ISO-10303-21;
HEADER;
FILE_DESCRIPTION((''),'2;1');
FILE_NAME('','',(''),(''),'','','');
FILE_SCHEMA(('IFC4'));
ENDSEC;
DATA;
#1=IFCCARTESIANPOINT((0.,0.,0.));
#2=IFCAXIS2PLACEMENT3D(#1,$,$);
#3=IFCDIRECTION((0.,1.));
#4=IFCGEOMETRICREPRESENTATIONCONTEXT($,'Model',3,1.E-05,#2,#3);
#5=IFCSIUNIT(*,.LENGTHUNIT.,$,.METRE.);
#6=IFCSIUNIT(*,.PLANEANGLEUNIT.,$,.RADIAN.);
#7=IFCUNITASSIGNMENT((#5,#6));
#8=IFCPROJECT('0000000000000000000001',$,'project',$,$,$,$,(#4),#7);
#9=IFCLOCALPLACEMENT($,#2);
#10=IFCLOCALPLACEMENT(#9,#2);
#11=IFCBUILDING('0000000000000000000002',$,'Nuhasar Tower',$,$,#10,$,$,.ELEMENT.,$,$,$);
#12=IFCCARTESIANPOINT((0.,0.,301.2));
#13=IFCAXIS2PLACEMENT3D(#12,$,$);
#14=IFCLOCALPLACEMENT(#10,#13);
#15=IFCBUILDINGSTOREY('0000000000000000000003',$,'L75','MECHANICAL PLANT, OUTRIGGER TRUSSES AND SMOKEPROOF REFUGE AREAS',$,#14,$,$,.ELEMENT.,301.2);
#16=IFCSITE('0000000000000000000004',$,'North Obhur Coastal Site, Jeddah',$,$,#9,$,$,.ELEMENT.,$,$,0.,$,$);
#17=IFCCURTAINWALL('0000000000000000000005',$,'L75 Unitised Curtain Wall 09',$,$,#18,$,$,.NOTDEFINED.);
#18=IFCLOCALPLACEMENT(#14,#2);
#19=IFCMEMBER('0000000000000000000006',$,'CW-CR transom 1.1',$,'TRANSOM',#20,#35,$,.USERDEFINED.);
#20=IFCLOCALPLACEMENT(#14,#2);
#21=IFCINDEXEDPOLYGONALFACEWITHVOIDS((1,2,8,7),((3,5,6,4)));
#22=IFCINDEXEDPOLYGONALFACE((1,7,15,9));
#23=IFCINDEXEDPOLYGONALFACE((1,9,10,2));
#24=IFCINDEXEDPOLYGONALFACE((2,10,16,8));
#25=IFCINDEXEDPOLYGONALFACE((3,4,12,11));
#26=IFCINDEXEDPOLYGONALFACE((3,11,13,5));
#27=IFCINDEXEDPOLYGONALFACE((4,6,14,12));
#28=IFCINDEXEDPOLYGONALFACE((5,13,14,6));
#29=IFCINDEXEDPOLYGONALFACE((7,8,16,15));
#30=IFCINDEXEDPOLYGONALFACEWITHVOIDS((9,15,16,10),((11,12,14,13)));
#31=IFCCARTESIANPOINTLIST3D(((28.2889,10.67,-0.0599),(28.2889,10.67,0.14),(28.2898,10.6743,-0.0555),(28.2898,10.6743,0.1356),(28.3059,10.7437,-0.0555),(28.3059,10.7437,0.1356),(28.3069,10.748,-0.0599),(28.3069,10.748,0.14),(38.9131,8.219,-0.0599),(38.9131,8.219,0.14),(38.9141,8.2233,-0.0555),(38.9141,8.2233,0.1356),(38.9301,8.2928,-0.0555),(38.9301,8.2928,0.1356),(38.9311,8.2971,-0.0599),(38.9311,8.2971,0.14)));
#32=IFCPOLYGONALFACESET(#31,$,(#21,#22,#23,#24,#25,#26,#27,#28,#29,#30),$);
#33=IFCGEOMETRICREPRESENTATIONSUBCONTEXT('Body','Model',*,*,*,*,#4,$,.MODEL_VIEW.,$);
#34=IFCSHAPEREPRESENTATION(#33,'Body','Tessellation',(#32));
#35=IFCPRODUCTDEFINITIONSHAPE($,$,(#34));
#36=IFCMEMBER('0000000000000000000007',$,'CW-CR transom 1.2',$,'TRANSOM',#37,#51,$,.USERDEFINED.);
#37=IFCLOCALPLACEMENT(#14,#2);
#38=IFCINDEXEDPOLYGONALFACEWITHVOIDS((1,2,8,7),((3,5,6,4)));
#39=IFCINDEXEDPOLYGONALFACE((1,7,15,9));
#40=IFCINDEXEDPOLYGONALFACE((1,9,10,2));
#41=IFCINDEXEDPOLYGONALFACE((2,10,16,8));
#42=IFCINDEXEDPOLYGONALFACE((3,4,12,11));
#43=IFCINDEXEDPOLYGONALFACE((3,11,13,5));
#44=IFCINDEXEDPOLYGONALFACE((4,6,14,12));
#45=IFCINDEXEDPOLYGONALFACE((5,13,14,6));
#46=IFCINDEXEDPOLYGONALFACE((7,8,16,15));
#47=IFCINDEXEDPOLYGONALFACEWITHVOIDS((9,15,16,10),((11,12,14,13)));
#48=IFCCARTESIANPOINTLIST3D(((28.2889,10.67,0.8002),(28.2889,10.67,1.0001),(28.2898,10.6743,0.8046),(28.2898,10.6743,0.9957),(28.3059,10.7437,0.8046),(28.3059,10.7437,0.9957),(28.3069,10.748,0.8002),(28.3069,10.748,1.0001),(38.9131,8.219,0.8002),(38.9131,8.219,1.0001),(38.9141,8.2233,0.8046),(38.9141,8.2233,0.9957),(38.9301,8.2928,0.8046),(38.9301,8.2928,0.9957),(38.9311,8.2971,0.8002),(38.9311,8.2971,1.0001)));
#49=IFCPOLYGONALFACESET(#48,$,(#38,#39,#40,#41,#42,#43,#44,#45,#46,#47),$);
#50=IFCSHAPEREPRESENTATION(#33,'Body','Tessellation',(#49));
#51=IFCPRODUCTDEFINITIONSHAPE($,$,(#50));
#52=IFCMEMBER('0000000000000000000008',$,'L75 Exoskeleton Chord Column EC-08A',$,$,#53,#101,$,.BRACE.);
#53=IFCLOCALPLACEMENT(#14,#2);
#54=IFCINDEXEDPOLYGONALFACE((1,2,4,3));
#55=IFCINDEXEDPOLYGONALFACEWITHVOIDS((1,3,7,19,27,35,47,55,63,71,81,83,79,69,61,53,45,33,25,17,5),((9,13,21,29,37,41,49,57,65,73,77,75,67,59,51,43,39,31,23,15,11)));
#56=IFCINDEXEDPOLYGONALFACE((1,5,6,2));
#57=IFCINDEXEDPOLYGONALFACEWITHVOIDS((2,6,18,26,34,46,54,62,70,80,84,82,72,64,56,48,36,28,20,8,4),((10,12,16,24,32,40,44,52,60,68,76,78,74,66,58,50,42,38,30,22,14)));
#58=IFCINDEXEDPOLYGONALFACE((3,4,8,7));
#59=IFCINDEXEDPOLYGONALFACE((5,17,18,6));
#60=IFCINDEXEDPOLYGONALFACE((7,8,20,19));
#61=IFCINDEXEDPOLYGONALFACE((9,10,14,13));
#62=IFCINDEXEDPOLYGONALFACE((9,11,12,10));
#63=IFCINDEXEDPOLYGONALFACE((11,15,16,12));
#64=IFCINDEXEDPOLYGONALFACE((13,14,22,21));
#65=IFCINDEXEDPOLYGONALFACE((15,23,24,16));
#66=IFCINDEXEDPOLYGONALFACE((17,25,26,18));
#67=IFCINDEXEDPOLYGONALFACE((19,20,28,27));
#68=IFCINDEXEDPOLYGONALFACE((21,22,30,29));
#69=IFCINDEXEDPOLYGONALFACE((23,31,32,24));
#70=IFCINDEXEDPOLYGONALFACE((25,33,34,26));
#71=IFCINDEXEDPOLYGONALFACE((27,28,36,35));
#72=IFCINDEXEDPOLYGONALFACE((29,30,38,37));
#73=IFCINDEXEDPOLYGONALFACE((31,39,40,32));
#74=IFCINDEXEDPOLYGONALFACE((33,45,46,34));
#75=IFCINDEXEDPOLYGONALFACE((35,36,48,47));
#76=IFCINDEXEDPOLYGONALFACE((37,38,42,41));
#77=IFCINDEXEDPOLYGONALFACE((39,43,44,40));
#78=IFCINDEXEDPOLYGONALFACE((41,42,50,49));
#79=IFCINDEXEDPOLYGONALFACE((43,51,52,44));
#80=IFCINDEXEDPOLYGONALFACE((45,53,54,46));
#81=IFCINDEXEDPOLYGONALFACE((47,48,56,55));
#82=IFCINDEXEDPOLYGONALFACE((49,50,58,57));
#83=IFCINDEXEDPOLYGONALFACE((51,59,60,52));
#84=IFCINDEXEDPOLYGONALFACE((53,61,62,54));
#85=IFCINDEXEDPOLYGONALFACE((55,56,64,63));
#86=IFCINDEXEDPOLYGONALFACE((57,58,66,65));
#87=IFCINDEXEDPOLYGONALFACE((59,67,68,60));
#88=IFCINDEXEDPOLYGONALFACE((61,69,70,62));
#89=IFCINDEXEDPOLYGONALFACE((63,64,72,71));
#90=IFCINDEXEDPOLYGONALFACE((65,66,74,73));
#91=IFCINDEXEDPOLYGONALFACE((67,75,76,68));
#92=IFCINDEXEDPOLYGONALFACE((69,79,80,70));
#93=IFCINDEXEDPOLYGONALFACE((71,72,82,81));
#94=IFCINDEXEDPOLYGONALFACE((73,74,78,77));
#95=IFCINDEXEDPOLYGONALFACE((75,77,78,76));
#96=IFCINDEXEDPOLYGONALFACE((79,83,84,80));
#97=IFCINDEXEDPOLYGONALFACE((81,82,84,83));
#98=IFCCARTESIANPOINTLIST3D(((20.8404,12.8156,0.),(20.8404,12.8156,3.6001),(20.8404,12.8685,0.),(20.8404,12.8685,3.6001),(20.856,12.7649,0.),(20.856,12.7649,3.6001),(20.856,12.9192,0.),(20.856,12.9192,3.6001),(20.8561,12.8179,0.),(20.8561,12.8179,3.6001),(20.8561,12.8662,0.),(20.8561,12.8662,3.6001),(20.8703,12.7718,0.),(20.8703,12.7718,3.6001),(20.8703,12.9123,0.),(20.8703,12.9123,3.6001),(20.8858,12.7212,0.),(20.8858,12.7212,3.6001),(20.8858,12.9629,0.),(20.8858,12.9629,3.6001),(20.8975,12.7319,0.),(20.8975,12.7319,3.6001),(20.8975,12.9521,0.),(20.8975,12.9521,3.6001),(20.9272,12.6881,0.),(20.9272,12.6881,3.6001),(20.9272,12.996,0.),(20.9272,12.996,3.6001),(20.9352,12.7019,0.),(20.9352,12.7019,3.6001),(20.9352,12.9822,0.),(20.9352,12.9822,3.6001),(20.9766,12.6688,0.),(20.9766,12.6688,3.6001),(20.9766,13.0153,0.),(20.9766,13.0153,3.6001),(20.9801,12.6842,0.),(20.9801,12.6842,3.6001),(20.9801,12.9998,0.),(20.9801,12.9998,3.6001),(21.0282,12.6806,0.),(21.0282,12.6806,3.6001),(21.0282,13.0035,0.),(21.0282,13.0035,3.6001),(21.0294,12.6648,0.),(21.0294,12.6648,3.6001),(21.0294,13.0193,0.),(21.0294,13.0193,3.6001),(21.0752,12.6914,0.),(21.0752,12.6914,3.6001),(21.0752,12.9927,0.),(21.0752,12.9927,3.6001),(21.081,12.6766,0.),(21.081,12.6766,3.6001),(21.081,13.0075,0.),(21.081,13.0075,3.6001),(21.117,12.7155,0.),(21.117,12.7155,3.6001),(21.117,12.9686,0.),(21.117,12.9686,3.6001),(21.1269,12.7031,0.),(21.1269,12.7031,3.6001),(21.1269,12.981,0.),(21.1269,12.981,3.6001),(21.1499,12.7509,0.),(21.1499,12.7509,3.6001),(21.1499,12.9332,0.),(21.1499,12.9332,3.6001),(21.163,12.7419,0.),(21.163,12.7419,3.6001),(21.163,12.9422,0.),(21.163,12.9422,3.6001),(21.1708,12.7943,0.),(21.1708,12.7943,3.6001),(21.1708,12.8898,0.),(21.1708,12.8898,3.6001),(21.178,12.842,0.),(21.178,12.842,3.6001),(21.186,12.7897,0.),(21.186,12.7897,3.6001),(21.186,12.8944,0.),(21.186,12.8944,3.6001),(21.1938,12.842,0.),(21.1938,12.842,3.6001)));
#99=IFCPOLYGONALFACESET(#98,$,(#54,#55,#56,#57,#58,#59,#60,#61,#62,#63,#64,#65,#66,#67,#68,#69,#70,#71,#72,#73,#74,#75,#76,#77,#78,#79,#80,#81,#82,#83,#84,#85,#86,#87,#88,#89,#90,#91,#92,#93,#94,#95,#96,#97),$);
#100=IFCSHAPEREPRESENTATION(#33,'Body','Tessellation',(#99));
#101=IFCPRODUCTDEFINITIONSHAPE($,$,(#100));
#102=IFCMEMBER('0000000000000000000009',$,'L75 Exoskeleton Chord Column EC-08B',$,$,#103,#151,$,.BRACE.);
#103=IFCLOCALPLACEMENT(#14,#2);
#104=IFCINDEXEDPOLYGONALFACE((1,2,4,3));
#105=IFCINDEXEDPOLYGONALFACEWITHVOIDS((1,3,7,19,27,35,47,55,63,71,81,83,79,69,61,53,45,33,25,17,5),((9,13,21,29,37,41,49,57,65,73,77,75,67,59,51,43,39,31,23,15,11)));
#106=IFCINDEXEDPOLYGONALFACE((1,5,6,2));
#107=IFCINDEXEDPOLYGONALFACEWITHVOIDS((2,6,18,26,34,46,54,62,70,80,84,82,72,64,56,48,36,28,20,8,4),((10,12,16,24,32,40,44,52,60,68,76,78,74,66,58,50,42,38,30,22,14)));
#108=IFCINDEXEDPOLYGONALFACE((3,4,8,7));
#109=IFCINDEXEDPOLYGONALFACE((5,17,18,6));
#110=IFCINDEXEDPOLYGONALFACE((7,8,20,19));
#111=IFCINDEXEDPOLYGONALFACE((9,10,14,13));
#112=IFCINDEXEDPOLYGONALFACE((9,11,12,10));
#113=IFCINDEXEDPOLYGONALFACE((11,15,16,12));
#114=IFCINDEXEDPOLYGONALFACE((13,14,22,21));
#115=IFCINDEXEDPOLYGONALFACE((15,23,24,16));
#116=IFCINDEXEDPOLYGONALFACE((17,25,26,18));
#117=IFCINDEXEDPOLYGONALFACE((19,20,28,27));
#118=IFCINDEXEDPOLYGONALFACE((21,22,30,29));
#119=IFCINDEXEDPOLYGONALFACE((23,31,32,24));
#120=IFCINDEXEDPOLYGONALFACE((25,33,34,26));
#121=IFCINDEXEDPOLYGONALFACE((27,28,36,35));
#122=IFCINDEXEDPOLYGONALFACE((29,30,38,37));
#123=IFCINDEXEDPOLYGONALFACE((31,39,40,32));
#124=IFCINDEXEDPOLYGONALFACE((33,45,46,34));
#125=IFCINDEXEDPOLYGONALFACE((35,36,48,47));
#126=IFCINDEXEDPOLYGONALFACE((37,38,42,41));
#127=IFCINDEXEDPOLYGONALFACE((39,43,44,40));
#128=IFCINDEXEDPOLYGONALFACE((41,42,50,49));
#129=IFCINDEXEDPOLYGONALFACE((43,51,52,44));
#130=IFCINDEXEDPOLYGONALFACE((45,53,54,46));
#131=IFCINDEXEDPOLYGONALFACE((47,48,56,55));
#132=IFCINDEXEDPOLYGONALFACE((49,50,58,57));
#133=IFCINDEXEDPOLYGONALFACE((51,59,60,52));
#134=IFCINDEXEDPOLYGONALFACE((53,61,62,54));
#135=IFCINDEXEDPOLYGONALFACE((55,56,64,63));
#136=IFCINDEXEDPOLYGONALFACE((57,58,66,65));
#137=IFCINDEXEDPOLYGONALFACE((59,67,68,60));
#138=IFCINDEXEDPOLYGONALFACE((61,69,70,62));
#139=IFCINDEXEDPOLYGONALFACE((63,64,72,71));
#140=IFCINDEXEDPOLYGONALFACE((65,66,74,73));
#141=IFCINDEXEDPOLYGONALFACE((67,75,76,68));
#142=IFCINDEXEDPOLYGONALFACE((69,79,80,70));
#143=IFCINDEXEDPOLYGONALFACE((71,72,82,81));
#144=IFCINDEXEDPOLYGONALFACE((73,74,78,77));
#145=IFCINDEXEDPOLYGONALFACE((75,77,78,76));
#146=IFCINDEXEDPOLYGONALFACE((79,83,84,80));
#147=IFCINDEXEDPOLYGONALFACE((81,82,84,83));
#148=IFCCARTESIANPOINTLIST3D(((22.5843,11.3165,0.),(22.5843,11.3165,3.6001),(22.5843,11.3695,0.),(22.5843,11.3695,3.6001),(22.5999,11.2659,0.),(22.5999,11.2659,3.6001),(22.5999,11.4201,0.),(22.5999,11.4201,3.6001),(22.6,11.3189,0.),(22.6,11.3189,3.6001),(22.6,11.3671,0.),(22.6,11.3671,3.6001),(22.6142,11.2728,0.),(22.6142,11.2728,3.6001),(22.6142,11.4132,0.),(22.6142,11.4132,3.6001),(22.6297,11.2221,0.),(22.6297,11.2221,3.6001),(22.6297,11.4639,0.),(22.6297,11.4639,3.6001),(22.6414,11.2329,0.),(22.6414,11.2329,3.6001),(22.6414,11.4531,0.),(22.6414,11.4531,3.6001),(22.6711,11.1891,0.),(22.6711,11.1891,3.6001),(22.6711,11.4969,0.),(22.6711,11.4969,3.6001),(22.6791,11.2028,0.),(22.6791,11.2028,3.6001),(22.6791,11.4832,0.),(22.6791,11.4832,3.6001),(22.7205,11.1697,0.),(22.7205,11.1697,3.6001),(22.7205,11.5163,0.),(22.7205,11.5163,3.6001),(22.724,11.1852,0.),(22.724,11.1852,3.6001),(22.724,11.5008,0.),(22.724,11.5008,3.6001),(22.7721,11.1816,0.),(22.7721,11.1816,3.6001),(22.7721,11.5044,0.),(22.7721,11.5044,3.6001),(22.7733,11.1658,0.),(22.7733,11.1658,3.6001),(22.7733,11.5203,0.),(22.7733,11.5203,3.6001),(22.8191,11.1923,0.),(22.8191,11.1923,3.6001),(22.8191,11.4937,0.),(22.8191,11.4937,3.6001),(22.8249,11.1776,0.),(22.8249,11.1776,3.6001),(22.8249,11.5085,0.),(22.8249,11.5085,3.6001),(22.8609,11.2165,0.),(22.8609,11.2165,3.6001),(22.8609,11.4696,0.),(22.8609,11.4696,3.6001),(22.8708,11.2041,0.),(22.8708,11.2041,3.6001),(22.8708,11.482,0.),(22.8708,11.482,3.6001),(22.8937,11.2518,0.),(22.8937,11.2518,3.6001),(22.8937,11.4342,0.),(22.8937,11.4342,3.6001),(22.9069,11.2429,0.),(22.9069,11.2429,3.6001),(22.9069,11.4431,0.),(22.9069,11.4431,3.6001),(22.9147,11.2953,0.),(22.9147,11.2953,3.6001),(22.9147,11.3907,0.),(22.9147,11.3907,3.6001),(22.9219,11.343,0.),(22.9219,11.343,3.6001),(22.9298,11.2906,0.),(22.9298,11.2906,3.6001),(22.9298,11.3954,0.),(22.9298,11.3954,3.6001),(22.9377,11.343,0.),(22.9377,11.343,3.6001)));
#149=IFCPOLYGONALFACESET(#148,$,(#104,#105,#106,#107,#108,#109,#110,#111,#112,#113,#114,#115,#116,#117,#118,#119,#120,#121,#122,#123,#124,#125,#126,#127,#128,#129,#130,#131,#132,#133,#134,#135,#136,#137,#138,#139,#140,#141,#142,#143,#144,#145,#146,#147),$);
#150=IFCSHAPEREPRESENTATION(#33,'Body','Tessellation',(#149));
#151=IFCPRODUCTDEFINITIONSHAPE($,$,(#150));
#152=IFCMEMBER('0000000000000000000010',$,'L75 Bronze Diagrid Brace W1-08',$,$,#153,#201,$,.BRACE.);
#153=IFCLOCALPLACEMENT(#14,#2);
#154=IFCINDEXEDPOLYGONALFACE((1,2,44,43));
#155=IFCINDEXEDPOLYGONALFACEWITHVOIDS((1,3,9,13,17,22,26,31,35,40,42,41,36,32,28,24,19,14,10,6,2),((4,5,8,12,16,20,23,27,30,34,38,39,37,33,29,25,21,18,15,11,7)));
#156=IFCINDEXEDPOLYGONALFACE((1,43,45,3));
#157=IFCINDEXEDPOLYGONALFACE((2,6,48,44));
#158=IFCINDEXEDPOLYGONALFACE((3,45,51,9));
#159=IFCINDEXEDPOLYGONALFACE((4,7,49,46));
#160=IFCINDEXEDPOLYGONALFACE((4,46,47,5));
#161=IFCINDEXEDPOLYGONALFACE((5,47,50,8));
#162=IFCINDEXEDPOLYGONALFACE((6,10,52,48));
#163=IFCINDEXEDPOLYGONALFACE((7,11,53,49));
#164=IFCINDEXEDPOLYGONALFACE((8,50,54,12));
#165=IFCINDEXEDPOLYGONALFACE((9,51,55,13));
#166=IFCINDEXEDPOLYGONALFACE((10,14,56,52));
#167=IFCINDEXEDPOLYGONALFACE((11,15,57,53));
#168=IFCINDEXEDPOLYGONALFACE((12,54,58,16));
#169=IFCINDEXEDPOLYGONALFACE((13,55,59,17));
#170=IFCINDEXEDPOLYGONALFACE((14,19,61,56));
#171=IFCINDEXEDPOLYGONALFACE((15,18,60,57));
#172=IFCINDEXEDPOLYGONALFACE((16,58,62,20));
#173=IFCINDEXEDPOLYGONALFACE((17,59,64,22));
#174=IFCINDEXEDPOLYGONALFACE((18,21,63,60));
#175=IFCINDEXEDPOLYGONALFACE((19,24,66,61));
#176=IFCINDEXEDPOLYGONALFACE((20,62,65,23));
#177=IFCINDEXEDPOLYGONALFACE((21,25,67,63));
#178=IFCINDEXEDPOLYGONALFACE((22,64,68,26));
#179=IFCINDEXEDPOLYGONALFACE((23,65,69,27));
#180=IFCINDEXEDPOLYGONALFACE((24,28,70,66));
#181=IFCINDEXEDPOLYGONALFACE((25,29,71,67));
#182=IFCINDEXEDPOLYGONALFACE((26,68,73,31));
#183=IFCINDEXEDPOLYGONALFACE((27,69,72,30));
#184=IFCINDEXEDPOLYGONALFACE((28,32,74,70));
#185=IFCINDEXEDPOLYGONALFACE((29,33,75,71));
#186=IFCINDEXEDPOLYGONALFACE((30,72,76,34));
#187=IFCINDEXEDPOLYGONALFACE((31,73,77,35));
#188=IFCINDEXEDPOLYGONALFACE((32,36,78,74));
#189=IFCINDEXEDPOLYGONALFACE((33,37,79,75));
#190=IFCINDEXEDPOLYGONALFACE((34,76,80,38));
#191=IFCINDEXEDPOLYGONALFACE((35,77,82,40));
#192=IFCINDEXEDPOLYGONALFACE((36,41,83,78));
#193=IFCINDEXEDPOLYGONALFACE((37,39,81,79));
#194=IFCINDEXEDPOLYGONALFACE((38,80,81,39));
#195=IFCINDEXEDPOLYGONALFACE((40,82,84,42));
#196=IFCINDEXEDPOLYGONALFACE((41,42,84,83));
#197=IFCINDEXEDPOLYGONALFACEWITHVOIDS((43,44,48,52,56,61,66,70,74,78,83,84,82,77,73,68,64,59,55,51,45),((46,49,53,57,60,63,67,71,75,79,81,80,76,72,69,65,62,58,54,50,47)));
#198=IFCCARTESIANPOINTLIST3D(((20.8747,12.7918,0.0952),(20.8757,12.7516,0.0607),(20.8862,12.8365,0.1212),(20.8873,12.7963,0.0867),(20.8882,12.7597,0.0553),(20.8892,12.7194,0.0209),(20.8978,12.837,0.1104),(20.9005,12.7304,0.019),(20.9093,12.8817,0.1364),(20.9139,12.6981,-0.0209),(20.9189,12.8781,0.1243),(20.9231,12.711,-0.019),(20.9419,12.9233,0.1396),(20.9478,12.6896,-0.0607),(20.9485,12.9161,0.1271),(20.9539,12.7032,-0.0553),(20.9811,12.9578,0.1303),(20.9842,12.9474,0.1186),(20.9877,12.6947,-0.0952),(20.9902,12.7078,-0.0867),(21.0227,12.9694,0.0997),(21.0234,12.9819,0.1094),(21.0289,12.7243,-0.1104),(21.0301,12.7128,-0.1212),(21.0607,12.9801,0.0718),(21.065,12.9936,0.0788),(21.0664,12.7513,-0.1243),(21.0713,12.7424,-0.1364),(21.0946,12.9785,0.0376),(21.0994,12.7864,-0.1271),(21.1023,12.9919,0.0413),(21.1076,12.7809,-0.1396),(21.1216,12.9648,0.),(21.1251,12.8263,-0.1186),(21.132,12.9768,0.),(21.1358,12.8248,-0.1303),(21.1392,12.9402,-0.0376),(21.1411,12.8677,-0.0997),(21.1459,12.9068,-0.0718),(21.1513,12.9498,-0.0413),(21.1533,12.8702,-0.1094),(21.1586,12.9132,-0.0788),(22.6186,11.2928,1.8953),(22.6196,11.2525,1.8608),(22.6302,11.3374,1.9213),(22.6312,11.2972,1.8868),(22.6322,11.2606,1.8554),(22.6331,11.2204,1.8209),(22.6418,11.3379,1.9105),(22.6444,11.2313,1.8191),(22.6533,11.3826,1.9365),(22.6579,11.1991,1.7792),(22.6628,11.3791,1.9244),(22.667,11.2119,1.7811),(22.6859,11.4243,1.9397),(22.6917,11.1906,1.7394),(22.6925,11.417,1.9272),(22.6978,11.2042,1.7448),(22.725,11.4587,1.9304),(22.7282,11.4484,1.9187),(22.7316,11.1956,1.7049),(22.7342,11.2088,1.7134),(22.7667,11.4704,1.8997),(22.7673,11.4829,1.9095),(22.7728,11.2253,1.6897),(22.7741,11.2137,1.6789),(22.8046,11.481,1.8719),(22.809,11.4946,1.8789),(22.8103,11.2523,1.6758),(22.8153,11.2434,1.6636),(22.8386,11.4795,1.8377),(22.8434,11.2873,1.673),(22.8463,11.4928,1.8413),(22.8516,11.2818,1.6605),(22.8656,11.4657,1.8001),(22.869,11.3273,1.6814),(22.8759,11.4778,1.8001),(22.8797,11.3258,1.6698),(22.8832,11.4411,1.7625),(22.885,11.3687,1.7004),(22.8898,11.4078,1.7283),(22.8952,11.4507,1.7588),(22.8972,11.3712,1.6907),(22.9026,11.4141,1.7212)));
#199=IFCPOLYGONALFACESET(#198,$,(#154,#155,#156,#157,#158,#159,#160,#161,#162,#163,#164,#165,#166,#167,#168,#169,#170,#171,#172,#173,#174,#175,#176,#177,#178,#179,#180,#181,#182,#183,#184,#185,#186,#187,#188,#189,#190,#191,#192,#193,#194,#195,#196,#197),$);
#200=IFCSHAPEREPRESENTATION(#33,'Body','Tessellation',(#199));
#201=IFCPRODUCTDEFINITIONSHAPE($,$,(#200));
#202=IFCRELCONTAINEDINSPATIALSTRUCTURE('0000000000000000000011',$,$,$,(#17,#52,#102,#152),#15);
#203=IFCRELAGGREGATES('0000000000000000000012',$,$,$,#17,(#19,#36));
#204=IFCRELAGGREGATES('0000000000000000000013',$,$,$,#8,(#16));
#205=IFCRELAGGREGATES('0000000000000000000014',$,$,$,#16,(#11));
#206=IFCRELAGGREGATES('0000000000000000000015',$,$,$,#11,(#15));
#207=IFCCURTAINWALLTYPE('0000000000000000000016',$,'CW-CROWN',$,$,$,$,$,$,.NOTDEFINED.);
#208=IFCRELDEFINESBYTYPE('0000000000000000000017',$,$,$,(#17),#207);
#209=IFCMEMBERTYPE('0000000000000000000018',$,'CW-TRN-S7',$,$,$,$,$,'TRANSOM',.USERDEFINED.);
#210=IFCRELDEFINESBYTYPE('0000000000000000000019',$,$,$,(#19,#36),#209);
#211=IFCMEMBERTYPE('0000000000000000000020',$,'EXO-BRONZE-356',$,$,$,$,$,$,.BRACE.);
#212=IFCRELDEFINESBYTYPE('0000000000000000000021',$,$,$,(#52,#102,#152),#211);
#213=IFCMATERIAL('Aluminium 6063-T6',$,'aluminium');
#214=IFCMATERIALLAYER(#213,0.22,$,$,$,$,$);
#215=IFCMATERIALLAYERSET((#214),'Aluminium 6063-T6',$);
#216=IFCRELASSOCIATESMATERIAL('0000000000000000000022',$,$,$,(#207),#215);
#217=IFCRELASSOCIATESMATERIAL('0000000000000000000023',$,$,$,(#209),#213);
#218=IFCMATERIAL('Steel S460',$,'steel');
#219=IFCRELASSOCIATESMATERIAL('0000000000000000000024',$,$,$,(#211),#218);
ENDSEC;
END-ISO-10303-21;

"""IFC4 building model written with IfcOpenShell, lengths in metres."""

from ifc_helpers import new_model, si_unit, direction, frame, origin, origin_2d, place, context, subcontext, project, spatial, hollow_rectangle, hollow_circle, extrude, material, layer, layer_set, material_profile, profile_set, type_object, element, aggregate, save


model = new_model("IFC4")

# Units and contexts
model_context = context("Model", 3, precision=1e-05, world=origin(), true_north=direction((0.0, 1.0)))
body_context = subcontext(model_context, "Body", "Model", "MODEL_VIEW")
ifc_project = project(units=[si_unit("LENGTHUNIT", "METRE"), si_unit("PLANEANGLEUNIT", "RADIAN")], contexts=[model_context])

# Site, building, storey
site_placement = place(None, origin())
site = spatial("IfcSite", under=ifc_project, at=site_placement, Name="North Obhur Coastal Site, Jeddah", CompositionType="ELEMENT", RefElevation=0.0)
building_placement = place(site_placement, origin())
building = spatial("IfcBuilding", under=site, at=building_placement, Name="Nuhasar Tower", CompositionType="ELEMENT")
storey_placement = place(building_placement, frame((0.0, 0.0, 301.2)))
storey = spatial("IfcBuildingStorey", under=building, at=storey_placement, Name="L75", Description="MECHANICAL PLANT, OUTRIGGER TRUSSES AND SMOKEPROOF REFUGE AREAS", CompositionType="ELEMENT", Elevation=301.2)

# Shared definitions
ifc_material_1 = material(Name="Steel S460", Category="steel")

# Curtain wall
ifc_material_2 = material(Name="Aluminium 6063-T6", Category="aluminium")
ifc_layer_1 = layer(ifc_material_2, 0.22)
ifc_layer_set_1 = layer_set([ifc_layer_1], Name="Aluminium 6063-T6")
curtain_wall_type = type_object("IfcCurtainWallType", Name="CW-CROWN", PredefinedType="NOTDEFINED", material=ifc_layer_set_1)
curtain_wall_1_placement = place(storey_placement, origin())
curtain_wall_1 = element("IfcCurtainWall", 1, at=curtain_wall_1_placement, inside=storey, type_object=curtain_wall_type, Name="L75 Unitised Curtain Wall 09", PredefinedType="NOTDEFINED")

# Members
ifc_material_profile_1 = material_profile(ifc_material_2, hollow_rectangle(XDim=0.0801, YDim=0.2, WallThickness=0.0044, at=origin_2d()), Name="CWT-7")
ifc_profile_set_1 = profile_set([ifc_material_profile_1], Name="Aluminium 6063-T6")
member_type_1 = type_object("IfcMemberType", Name="CW-TRN-S7", ElementType="TRANSOM", PredefinedType="USERDEFINED", material=ifc_profile_set_1)
member_1_placement = place(storey_placement, frame((28.2979, 10.709, 0.04), z_axis=(0.974408, -0.224788, 0.0), x_axis=(0.224788, 0.974408, 0.0)))
member_1 = element("IfcMember", 2, at=member_1_placement, type_object=member_type_1, Name="CW-CR transom 1.1", ObjectType="TRANSOM", PredefinedType="USERDEFINED", context=body_context, shape_type="SweptSolid", body=[
    extrude(hollow_rectangle(XDim=0.0801, YDim=0.2, WallThickness=0.0044, at=origin_2d()), origin(), (0.0, 0.0, 1.0), 10.9033),
])
member_2_placement = place(storey_placement, frame((28.2979, 10.709, 0.9001), z_axis=(0.974408, -0.224788, 0.0), x_axis=(0.224788, 0.974408, 0.0)))
member_2 = element("IfcMember", 3, at=member_2_placement, type_object=member_type_1, Name="CW-CR transom 1.2", ObjectType="TRANSOM", PredefinedType="USERDEFINED", context=body_context, shape_type="SweptSolid", body=[
    extrude(hollow_rectangle(XDim=0.0801, YDim=0.2, WallThickness=0.0044, at=origin_2d()), origin(), (0.0, 0.0, 1.0), 10.9033),
])
aggregate(curtain_wall_1, [member_1, member_2])

# Members
ifc_material_profile_2 = material_profile(ifc_material_1, hollow_circle(Radius=0.1777, WallThickness=0.0159, at=origin_2d()), Name="HSS355.6X15.9")
ifc_profile_set_2 = profile_set([ifc_material_profile_2], Name="Steel S460")
member_type_2 = type_object("IfcMemberType", Name="EXO-BRONZE-356", PredefinedType="BRACE", material=ifc_profile_set_2)
for number, where, z_axis, x_axis, name in (
    (4, (21.0161, 12.842, 0.0), (0.0, 0.0, 1.0), (1.0, 0.0, 0.0), "L75 Exoskeleton Chord Column EC-08A"),
    (5, (22.76, 11.343, 0.0), (0.0, 0.0, 1.0), (1.0, 0.0, 0.0), "L75 Exoskeleton Chord Column EC-08B"),
):
    element("IfcMember", number, at=place(storey_placement, frame(where, z_axis=z_axis, x_axis=x_axis)), inside=storey, type_object=member_type_2, Name=name, PredefinedType="BRACE", context=body_context, shape_type="SweptSolid", body=[
        extrude(hollow_circle(Radius=0.1777, WallThickness=0.0159, at=origin_2d()), origin(), (0.0, 0.0, 1.0), 3.6001),
    ])
for number, where, z_axis, x_axis, name in (
    (6, (21.0161, 12.842, 0.0), (0.597154, -0.513303, 0.616382), (0.651857, 0.758342, 0.0), "L75 Bronze Diagrid Brace W1-08"),
):
    element("IfcMember", number, at=place(storey_placement, frame(where, z_axis=z_axis, x_axis=x_axis)), inside=storey, type_object=member_type_2, Name=name, PredefinedType="BRACE", context=body_context, shape_type="SweptSolid", body=[
        extrude(hollow_circle(Radius=0.1777, WallThickness=0.0159, at=origin_2d()), origin(), (0.0, 0.0, 1.0), 2.9204),
    ])

save(model, "model.ifc")
